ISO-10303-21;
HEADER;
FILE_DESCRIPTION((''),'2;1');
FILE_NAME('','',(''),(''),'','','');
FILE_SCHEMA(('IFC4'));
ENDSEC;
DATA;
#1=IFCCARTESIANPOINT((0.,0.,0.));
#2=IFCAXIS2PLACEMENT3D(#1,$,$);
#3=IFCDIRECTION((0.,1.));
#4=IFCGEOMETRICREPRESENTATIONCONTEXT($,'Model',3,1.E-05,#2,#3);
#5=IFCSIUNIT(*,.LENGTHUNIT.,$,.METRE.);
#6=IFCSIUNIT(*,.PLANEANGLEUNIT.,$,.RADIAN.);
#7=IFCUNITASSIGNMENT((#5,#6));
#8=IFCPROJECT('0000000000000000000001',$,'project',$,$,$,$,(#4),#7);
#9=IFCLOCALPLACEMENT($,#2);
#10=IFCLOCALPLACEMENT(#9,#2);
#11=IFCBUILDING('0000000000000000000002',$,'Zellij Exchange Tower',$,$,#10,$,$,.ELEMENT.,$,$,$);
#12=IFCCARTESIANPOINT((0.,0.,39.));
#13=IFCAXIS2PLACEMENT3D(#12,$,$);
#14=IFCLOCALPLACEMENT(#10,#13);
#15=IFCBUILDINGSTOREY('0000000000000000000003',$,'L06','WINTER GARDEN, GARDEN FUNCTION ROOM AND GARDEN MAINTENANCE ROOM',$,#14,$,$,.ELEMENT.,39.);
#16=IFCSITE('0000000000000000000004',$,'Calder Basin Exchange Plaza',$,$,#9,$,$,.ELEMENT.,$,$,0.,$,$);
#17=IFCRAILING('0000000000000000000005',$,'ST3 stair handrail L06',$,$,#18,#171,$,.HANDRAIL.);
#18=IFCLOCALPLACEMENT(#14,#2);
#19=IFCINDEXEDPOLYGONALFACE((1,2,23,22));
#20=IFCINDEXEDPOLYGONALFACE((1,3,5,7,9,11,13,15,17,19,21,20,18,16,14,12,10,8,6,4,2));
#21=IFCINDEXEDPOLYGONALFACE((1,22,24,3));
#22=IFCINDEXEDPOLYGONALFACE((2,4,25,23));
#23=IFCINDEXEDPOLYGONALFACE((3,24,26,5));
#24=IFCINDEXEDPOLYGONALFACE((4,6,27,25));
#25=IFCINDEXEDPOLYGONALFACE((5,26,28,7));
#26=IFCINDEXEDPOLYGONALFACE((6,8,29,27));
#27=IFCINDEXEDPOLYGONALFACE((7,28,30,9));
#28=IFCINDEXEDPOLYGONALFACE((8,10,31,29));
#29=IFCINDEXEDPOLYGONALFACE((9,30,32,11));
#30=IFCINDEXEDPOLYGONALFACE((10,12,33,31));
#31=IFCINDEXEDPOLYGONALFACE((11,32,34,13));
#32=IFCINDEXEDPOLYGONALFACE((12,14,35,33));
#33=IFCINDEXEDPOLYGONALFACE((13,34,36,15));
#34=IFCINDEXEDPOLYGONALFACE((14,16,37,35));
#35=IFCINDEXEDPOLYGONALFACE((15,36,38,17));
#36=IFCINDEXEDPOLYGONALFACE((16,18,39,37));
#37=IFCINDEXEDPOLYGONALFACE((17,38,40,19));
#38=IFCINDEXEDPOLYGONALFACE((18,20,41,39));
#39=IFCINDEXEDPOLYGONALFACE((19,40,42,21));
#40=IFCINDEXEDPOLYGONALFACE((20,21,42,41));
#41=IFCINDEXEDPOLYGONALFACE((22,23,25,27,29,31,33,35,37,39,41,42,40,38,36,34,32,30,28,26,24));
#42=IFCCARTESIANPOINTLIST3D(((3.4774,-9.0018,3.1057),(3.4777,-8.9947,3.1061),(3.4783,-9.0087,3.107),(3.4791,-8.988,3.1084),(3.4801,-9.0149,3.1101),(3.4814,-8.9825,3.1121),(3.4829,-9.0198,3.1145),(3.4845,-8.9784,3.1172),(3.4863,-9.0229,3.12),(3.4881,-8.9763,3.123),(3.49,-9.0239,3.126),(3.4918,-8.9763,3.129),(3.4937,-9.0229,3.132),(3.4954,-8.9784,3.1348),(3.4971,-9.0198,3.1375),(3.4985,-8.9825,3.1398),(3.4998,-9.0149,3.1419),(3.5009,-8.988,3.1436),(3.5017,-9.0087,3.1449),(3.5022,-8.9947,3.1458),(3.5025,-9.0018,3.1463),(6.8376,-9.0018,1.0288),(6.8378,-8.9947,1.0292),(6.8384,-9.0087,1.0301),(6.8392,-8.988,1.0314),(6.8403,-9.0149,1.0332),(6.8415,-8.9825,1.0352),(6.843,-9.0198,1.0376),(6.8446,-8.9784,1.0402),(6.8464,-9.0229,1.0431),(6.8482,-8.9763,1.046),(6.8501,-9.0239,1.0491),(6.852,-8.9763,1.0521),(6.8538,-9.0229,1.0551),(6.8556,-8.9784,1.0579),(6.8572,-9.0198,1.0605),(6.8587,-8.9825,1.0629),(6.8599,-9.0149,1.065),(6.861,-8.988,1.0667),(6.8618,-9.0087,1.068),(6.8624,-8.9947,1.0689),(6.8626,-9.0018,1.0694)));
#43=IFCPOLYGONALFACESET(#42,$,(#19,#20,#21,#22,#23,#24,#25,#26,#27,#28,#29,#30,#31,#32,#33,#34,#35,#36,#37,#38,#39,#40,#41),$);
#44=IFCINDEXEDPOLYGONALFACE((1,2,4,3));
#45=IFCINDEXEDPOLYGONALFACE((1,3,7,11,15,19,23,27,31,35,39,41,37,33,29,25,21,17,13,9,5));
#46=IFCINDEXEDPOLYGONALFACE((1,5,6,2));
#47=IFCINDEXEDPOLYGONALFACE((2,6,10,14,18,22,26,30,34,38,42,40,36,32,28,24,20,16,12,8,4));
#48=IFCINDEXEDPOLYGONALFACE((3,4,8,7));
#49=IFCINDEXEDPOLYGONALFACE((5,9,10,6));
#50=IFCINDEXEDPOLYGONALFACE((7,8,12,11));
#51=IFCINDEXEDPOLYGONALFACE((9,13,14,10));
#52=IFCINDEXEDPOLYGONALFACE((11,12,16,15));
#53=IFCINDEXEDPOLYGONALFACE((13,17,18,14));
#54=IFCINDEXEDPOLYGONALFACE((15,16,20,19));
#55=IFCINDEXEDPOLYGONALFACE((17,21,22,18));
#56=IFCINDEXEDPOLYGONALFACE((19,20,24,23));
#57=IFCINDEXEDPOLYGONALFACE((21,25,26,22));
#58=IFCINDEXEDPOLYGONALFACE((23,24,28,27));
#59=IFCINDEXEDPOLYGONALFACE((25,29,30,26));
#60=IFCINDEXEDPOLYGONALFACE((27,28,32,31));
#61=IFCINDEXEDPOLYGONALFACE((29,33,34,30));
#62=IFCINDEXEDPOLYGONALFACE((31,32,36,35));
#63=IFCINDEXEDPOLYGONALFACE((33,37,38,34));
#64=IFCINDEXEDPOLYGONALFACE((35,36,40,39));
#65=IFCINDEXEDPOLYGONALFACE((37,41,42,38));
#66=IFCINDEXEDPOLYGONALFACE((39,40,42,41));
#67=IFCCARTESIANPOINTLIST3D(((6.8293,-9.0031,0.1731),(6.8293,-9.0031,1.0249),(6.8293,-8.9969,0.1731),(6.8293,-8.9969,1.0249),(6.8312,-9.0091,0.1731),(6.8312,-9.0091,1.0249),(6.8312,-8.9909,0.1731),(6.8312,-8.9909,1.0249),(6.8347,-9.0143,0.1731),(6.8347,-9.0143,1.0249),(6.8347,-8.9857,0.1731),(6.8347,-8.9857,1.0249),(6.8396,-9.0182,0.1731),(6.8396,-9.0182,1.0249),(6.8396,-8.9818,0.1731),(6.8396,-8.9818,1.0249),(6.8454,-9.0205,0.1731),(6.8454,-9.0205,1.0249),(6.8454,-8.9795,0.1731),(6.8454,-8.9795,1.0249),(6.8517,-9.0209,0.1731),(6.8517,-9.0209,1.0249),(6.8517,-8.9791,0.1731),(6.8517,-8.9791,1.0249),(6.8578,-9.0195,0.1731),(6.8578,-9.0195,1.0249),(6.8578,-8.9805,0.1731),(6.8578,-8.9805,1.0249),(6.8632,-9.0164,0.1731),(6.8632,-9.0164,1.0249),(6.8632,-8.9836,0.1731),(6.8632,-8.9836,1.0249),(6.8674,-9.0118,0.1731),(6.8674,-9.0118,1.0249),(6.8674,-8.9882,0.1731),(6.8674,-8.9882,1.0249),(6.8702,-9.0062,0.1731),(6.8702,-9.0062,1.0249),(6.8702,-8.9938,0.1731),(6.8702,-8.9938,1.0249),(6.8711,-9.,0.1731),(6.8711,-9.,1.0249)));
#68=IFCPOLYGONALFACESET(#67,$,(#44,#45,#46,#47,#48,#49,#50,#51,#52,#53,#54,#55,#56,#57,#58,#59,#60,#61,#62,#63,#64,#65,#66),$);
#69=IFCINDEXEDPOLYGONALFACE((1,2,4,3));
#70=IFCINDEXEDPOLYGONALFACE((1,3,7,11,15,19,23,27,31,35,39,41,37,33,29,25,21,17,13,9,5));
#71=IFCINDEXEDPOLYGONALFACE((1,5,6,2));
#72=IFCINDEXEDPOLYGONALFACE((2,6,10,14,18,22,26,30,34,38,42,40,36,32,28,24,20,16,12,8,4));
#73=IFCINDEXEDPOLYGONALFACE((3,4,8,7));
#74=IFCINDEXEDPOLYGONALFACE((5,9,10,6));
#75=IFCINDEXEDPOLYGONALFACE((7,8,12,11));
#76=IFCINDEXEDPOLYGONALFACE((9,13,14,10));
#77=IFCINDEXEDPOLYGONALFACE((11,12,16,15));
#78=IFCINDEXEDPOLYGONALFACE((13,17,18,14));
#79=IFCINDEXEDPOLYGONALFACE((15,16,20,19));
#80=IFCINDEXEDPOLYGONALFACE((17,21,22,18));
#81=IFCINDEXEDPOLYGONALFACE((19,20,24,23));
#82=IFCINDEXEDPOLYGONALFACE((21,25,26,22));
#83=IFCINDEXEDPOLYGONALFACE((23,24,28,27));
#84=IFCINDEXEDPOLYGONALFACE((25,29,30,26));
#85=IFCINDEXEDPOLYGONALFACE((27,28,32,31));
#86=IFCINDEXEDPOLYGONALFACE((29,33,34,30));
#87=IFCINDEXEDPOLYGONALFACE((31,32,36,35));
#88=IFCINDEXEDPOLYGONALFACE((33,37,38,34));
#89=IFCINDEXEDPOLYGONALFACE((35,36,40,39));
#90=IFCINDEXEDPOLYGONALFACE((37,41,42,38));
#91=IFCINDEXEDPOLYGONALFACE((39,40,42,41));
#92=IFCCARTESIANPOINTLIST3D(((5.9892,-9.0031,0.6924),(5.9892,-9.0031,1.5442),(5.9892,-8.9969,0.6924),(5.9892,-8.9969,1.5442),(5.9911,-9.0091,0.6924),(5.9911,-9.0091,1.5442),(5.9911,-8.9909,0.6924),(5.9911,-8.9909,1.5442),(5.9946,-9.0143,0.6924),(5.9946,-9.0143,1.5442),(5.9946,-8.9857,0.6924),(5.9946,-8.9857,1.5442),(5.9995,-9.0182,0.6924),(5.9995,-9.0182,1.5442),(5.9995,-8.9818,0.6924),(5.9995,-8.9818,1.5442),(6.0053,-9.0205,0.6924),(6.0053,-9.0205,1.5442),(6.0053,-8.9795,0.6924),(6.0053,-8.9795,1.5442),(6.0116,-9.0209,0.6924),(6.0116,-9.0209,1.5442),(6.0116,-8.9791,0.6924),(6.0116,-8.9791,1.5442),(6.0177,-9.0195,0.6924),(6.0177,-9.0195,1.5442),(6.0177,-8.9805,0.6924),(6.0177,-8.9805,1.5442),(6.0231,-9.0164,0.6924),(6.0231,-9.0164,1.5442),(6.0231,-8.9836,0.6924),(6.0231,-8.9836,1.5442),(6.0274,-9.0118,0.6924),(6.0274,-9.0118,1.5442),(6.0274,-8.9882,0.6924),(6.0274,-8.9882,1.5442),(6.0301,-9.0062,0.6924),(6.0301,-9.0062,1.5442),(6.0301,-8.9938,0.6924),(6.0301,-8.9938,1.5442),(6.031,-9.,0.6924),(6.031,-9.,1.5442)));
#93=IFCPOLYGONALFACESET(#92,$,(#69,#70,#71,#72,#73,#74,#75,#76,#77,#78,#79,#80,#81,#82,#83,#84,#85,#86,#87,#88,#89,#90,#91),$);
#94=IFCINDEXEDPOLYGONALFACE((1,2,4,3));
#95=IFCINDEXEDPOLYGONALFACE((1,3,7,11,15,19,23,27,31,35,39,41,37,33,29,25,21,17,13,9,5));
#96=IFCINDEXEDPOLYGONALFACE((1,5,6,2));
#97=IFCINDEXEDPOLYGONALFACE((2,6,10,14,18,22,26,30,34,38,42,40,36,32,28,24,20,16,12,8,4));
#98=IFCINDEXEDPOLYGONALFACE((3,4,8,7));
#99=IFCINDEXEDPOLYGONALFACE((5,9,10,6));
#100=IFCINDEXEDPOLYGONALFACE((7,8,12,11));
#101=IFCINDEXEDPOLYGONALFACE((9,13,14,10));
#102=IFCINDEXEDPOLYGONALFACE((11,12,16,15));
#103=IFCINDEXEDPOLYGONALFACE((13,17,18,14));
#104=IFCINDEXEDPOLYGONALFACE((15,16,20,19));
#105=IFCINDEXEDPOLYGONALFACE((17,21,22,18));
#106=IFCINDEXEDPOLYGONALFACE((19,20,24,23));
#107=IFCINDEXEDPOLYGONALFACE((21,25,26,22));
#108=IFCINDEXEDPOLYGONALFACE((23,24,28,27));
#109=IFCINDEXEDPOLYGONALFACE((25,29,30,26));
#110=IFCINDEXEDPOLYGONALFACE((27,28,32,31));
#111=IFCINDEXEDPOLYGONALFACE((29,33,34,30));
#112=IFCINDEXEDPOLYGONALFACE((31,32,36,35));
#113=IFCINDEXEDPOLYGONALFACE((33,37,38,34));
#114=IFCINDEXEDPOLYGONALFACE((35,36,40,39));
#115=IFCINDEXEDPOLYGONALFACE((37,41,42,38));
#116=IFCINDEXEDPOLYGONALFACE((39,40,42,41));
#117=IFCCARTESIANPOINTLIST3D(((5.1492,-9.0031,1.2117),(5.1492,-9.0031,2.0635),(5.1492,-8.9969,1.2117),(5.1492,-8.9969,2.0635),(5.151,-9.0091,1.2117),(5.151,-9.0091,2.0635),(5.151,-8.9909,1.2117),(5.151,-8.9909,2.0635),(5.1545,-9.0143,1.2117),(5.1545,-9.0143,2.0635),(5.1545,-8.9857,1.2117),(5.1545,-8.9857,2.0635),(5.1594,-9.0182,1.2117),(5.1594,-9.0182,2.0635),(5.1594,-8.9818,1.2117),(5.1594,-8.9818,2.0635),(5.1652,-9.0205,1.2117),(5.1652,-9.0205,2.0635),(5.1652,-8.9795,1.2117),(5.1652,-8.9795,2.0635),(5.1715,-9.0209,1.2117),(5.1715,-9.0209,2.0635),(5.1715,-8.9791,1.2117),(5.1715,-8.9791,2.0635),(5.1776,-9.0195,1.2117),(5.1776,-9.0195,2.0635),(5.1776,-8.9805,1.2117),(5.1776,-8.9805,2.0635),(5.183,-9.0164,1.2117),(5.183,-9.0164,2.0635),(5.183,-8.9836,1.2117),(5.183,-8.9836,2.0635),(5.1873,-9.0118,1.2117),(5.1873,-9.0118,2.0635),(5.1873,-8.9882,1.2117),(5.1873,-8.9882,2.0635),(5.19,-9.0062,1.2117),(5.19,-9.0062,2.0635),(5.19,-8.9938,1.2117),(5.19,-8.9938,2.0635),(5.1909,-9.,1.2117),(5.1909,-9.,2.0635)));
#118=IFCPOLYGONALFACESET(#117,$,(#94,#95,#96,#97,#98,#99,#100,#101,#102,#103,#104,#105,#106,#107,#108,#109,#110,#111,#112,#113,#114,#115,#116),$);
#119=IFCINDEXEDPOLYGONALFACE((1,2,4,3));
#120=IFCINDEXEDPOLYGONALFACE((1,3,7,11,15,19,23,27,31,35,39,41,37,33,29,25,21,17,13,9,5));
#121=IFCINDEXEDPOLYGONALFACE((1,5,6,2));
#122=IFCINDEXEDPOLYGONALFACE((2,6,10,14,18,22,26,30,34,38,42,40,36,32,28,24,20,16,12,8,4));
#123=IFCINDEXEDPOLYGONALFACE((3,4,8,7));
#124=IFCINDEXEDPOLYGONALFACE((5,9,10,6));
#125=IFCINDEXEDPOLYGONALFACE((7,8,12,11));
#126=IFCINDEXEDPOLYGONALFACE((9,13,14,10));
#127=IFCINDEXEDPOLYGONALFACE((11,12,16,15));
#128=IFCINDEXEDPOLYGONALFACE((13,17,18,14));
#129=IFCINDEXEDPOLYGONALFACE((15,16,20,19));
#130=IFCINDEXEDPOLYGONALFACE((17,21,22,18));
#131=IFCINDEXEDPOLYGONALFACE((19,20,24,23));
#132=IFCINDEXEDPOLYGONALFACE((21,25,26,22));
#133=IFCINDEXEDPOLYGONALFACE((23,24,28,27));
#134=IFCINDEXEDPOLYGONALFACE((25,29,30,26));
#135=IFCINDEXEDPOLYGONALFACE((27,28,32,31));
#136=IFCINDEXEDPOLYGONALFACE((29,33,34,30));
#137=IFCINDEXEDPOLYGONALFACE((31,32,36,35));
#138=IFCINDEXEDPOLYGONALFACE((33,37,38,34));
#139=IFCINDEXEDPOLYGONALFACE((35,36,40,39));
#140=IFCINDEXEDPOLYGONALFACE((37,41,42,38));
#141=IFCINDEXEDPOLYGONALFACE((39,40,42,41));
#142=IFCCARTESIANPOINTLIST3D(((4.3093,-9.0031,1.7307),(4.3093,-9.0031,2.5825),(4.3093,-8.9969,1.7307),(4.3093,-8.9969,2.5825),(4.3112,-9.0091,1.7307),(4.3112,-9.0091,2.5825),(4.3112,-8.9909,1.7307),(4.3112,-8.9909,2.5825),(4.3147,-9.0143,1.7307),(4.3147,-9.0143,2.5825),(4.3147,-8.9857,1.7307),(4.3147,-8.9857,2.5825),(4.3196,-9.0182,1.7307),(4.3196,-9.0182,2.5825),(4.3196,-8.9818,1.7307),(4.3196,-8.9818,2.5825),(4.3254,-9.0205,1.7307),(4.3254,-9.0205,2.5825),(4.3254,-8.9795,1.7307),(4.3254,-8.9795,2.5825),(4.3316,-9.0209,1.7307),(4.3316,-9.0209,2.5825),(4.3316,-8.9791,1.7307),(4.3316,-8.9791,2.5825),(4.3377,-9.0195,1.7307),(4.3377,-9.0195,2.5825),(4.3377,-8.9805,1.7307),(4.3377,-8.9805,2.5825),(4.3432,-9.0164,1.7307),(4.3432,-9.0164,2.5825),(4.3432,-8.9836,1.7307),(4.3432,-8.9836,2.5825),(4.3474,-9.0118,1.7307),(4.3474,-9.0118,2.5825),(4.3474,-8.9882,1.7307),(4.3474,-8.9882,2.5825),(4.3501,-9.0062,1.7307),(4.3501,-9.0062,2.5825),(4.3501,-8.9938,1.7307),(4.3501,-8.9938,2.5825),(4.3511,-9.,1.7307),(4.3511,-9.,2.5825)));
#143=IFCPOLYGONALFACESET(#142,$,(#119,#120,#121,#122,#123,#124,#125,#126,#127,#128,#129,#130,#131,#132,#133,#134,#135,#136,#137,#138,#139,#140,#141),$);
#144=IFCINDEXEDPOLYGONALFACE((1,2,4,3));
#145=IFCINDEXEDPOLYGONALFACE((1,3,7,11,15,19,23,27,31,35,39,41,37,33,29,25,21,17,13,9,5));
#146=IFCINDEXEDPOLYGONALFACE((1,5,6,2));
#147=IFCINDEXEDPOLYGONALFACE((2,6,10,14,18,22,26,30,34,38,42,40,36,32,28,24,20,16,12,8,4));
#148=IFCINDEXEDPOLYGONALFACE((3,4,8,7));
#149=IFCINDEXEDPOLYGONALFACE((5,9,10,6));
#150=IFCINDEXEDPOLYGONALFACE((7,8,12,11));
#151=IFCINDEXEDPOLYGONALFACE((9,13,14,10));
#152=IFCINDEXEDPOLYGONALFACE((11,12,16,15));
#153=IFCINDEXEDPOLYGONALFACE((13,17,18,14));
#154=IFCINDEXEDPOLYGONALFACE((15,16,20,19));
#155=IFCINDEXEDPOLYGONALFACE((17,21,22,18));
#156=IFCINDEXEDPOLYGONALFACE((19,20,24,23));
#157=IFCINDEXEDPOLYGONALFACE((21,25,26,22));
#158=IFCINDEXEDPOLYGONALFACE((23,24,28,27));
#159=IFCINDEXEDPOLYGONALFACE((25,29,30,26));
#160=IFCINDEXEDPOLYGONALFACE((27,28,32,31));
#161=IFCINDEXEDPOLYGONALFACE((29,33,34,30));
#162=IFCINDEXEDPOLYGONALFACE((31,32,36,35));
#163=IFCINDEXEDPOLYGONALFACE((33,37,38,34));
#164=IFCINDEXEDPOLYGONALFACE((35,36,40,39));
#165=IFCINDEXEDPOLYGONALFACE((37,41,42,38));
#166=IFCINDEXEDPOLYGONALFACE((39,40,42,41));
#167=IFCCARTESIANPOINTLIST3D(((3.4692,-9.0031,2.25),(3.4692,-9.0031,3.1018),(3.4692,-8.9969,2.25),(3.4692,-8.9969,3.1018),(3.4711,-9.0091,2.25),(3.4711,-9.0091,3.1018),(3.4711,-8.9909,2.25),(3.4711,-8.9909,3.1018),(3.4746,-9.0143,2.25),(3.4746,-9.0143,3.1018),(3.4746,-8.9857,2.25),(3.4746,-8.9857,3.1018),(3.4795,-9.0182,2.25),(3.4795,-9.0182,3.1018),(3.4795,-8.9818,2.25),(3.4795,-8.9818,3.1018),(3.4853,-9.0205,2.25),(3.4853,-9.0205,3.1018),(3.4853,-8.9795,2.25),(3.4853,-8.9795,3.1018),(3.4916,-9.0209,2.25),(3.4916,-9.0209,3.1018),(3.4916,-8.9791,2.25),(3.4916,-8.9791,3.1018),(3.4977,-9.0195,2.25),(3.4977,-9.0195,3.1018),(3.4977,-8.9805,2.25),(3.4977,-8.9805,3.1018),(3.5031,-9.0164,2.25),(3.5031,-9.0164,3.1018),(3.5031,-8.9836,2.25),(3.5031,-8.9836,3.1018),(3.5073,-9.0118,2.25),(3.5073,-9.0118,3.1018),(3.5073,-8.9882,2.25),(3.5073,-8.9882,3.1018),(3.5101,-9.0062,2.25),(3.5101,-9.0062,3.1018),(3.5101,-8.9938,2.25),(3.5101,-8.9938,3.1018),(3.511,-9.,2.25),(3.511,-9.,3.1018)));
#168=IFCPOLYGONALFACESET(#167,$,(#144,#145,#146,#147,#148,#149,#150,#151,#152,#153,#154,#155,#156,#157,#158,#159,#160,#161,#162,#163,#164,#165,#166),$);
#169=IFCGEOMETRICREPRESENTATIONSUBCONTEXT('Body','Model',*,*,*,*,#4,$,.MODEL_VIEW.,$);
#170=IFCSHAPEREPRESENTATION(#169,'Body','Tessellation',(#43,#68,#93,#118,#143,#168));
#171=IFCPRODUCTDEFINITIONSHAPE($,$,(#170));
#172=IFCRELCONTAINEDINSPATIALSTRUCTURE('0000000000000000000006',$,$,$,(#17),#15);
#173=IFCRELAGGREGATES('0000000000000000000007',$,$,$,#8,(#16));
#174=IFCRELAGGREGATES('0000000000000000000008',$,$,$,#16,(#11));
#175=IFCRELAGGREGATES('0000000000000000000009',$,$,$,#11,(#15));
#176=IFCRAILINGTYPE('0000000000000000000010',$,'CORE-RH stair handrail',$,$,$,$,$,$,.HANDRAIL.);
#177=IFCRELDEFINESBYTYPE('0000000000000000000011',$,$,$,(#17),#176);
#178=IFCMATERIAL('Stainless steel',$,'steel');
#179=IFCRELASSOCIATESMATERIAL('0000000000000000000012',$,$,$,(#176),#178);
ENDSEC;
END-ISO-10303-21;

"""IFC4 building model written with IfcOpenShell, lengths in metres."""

from ifc_helpers import new_model, si_unit, direction, frame, origin, origin_2d, place, context, subcontext, project, spatial, circle, extrude, material, type_object, element, save


model = new_model("IFC4")

# Units and contexts
model_context = context("Model", 3, precision=1e-05, world=origin(), true_north=direction((0.0, 1.0)))
body_context = subcontext(model_context, "Body", "Model", "MODEL_VIEW")
ifc_project = project(units=[si_unit("LENGTHUNIT", "METRE"), si_unit("PLANEANGLEUNIT", "RADIAN")], contexts=[model_context])

# Site, building, storey
site_placement = place(None, origin())
site = spatial("IfcSite", under=ifc_project, at=site_placement, Name="Calder Basin Exchange Plaza", CompositionType="ELEMENT", RefElevation=0.0)
building_placement = place(site_placement, origin())
building = spatial("IfcBuilding", under=site, at=building_placement, Name="Zellij Exchange Tower", CompositionType="ELEMENT")
storey_placement = place(building_placement, frame((0.0, 0.0, 39.0)))
storey = spatial("IfcBuildingStorey", under=building, at=storey_placement, Name="L06", Description="WINTER GARDEN, GARDEN FUNCTION ROOM AND GARDEN MAINTENANCE ROOM", CompositionType="ELEMENT", Elevation=39.0)

# Railing
ifc_material_1 = material(Name="Stainless steel", Category="steel")
railing_type_1 = type_object("IfcRailingType", Name="CORE-RH stair handrail", PredefinedType="HANDRAIL", material=ifc_material_1)
railing_1_placement = place(storey_placement, frame((6.8501, -9.0, 0.1731)))
element("IfcRailing", 1, at=railing_1_placement, inside=storey, type_object=railing_type_1, Name="ST3 stair handrail L06", PredefinedType="HANDRAIL", context=body_context, shape_type="SweptSolid", body=[
    extrude(circle(Radius=0.0239, at=origin_2d()), frame((0.0, 0.0, 0.876), z_axis=(-0.850623, 0.0, 0.525776), x_axis=(0.0, -1.0, 0.0)), (0.0, 0.0, 1.0), 3.9502),
    extrude(circle(Radius=0.021, at=origin_2d()), origin(), (0.0, 0.0, 1.0), 0.8518),
    extrude(circle(Radius=0.021, at=origin_2d()), frame((-0.8401, 0.0, 0.5193)), (0.0, 0.0, 1.0), 0.8518),
    extrude(circle(Radius=0.021, at=origin_2d()), frame((-1.6802, 0.0, 1.0386)), (0.0, 0.0, 1.0), 0.8518),
    extrude(circle(Radius=0.021, at=origin_2d()), frame((-2.52, 0.0, 1.5576)), (0.0, 0.0, 1.0), 0.8518),
    extrude(circle(Radius=0.021, at=origin_2d()), frame((-3.3601, 0.0, 2.0769)), (0.0, 0.0, 1.0), 0.8518),
])

save(model, "model.ifc")
